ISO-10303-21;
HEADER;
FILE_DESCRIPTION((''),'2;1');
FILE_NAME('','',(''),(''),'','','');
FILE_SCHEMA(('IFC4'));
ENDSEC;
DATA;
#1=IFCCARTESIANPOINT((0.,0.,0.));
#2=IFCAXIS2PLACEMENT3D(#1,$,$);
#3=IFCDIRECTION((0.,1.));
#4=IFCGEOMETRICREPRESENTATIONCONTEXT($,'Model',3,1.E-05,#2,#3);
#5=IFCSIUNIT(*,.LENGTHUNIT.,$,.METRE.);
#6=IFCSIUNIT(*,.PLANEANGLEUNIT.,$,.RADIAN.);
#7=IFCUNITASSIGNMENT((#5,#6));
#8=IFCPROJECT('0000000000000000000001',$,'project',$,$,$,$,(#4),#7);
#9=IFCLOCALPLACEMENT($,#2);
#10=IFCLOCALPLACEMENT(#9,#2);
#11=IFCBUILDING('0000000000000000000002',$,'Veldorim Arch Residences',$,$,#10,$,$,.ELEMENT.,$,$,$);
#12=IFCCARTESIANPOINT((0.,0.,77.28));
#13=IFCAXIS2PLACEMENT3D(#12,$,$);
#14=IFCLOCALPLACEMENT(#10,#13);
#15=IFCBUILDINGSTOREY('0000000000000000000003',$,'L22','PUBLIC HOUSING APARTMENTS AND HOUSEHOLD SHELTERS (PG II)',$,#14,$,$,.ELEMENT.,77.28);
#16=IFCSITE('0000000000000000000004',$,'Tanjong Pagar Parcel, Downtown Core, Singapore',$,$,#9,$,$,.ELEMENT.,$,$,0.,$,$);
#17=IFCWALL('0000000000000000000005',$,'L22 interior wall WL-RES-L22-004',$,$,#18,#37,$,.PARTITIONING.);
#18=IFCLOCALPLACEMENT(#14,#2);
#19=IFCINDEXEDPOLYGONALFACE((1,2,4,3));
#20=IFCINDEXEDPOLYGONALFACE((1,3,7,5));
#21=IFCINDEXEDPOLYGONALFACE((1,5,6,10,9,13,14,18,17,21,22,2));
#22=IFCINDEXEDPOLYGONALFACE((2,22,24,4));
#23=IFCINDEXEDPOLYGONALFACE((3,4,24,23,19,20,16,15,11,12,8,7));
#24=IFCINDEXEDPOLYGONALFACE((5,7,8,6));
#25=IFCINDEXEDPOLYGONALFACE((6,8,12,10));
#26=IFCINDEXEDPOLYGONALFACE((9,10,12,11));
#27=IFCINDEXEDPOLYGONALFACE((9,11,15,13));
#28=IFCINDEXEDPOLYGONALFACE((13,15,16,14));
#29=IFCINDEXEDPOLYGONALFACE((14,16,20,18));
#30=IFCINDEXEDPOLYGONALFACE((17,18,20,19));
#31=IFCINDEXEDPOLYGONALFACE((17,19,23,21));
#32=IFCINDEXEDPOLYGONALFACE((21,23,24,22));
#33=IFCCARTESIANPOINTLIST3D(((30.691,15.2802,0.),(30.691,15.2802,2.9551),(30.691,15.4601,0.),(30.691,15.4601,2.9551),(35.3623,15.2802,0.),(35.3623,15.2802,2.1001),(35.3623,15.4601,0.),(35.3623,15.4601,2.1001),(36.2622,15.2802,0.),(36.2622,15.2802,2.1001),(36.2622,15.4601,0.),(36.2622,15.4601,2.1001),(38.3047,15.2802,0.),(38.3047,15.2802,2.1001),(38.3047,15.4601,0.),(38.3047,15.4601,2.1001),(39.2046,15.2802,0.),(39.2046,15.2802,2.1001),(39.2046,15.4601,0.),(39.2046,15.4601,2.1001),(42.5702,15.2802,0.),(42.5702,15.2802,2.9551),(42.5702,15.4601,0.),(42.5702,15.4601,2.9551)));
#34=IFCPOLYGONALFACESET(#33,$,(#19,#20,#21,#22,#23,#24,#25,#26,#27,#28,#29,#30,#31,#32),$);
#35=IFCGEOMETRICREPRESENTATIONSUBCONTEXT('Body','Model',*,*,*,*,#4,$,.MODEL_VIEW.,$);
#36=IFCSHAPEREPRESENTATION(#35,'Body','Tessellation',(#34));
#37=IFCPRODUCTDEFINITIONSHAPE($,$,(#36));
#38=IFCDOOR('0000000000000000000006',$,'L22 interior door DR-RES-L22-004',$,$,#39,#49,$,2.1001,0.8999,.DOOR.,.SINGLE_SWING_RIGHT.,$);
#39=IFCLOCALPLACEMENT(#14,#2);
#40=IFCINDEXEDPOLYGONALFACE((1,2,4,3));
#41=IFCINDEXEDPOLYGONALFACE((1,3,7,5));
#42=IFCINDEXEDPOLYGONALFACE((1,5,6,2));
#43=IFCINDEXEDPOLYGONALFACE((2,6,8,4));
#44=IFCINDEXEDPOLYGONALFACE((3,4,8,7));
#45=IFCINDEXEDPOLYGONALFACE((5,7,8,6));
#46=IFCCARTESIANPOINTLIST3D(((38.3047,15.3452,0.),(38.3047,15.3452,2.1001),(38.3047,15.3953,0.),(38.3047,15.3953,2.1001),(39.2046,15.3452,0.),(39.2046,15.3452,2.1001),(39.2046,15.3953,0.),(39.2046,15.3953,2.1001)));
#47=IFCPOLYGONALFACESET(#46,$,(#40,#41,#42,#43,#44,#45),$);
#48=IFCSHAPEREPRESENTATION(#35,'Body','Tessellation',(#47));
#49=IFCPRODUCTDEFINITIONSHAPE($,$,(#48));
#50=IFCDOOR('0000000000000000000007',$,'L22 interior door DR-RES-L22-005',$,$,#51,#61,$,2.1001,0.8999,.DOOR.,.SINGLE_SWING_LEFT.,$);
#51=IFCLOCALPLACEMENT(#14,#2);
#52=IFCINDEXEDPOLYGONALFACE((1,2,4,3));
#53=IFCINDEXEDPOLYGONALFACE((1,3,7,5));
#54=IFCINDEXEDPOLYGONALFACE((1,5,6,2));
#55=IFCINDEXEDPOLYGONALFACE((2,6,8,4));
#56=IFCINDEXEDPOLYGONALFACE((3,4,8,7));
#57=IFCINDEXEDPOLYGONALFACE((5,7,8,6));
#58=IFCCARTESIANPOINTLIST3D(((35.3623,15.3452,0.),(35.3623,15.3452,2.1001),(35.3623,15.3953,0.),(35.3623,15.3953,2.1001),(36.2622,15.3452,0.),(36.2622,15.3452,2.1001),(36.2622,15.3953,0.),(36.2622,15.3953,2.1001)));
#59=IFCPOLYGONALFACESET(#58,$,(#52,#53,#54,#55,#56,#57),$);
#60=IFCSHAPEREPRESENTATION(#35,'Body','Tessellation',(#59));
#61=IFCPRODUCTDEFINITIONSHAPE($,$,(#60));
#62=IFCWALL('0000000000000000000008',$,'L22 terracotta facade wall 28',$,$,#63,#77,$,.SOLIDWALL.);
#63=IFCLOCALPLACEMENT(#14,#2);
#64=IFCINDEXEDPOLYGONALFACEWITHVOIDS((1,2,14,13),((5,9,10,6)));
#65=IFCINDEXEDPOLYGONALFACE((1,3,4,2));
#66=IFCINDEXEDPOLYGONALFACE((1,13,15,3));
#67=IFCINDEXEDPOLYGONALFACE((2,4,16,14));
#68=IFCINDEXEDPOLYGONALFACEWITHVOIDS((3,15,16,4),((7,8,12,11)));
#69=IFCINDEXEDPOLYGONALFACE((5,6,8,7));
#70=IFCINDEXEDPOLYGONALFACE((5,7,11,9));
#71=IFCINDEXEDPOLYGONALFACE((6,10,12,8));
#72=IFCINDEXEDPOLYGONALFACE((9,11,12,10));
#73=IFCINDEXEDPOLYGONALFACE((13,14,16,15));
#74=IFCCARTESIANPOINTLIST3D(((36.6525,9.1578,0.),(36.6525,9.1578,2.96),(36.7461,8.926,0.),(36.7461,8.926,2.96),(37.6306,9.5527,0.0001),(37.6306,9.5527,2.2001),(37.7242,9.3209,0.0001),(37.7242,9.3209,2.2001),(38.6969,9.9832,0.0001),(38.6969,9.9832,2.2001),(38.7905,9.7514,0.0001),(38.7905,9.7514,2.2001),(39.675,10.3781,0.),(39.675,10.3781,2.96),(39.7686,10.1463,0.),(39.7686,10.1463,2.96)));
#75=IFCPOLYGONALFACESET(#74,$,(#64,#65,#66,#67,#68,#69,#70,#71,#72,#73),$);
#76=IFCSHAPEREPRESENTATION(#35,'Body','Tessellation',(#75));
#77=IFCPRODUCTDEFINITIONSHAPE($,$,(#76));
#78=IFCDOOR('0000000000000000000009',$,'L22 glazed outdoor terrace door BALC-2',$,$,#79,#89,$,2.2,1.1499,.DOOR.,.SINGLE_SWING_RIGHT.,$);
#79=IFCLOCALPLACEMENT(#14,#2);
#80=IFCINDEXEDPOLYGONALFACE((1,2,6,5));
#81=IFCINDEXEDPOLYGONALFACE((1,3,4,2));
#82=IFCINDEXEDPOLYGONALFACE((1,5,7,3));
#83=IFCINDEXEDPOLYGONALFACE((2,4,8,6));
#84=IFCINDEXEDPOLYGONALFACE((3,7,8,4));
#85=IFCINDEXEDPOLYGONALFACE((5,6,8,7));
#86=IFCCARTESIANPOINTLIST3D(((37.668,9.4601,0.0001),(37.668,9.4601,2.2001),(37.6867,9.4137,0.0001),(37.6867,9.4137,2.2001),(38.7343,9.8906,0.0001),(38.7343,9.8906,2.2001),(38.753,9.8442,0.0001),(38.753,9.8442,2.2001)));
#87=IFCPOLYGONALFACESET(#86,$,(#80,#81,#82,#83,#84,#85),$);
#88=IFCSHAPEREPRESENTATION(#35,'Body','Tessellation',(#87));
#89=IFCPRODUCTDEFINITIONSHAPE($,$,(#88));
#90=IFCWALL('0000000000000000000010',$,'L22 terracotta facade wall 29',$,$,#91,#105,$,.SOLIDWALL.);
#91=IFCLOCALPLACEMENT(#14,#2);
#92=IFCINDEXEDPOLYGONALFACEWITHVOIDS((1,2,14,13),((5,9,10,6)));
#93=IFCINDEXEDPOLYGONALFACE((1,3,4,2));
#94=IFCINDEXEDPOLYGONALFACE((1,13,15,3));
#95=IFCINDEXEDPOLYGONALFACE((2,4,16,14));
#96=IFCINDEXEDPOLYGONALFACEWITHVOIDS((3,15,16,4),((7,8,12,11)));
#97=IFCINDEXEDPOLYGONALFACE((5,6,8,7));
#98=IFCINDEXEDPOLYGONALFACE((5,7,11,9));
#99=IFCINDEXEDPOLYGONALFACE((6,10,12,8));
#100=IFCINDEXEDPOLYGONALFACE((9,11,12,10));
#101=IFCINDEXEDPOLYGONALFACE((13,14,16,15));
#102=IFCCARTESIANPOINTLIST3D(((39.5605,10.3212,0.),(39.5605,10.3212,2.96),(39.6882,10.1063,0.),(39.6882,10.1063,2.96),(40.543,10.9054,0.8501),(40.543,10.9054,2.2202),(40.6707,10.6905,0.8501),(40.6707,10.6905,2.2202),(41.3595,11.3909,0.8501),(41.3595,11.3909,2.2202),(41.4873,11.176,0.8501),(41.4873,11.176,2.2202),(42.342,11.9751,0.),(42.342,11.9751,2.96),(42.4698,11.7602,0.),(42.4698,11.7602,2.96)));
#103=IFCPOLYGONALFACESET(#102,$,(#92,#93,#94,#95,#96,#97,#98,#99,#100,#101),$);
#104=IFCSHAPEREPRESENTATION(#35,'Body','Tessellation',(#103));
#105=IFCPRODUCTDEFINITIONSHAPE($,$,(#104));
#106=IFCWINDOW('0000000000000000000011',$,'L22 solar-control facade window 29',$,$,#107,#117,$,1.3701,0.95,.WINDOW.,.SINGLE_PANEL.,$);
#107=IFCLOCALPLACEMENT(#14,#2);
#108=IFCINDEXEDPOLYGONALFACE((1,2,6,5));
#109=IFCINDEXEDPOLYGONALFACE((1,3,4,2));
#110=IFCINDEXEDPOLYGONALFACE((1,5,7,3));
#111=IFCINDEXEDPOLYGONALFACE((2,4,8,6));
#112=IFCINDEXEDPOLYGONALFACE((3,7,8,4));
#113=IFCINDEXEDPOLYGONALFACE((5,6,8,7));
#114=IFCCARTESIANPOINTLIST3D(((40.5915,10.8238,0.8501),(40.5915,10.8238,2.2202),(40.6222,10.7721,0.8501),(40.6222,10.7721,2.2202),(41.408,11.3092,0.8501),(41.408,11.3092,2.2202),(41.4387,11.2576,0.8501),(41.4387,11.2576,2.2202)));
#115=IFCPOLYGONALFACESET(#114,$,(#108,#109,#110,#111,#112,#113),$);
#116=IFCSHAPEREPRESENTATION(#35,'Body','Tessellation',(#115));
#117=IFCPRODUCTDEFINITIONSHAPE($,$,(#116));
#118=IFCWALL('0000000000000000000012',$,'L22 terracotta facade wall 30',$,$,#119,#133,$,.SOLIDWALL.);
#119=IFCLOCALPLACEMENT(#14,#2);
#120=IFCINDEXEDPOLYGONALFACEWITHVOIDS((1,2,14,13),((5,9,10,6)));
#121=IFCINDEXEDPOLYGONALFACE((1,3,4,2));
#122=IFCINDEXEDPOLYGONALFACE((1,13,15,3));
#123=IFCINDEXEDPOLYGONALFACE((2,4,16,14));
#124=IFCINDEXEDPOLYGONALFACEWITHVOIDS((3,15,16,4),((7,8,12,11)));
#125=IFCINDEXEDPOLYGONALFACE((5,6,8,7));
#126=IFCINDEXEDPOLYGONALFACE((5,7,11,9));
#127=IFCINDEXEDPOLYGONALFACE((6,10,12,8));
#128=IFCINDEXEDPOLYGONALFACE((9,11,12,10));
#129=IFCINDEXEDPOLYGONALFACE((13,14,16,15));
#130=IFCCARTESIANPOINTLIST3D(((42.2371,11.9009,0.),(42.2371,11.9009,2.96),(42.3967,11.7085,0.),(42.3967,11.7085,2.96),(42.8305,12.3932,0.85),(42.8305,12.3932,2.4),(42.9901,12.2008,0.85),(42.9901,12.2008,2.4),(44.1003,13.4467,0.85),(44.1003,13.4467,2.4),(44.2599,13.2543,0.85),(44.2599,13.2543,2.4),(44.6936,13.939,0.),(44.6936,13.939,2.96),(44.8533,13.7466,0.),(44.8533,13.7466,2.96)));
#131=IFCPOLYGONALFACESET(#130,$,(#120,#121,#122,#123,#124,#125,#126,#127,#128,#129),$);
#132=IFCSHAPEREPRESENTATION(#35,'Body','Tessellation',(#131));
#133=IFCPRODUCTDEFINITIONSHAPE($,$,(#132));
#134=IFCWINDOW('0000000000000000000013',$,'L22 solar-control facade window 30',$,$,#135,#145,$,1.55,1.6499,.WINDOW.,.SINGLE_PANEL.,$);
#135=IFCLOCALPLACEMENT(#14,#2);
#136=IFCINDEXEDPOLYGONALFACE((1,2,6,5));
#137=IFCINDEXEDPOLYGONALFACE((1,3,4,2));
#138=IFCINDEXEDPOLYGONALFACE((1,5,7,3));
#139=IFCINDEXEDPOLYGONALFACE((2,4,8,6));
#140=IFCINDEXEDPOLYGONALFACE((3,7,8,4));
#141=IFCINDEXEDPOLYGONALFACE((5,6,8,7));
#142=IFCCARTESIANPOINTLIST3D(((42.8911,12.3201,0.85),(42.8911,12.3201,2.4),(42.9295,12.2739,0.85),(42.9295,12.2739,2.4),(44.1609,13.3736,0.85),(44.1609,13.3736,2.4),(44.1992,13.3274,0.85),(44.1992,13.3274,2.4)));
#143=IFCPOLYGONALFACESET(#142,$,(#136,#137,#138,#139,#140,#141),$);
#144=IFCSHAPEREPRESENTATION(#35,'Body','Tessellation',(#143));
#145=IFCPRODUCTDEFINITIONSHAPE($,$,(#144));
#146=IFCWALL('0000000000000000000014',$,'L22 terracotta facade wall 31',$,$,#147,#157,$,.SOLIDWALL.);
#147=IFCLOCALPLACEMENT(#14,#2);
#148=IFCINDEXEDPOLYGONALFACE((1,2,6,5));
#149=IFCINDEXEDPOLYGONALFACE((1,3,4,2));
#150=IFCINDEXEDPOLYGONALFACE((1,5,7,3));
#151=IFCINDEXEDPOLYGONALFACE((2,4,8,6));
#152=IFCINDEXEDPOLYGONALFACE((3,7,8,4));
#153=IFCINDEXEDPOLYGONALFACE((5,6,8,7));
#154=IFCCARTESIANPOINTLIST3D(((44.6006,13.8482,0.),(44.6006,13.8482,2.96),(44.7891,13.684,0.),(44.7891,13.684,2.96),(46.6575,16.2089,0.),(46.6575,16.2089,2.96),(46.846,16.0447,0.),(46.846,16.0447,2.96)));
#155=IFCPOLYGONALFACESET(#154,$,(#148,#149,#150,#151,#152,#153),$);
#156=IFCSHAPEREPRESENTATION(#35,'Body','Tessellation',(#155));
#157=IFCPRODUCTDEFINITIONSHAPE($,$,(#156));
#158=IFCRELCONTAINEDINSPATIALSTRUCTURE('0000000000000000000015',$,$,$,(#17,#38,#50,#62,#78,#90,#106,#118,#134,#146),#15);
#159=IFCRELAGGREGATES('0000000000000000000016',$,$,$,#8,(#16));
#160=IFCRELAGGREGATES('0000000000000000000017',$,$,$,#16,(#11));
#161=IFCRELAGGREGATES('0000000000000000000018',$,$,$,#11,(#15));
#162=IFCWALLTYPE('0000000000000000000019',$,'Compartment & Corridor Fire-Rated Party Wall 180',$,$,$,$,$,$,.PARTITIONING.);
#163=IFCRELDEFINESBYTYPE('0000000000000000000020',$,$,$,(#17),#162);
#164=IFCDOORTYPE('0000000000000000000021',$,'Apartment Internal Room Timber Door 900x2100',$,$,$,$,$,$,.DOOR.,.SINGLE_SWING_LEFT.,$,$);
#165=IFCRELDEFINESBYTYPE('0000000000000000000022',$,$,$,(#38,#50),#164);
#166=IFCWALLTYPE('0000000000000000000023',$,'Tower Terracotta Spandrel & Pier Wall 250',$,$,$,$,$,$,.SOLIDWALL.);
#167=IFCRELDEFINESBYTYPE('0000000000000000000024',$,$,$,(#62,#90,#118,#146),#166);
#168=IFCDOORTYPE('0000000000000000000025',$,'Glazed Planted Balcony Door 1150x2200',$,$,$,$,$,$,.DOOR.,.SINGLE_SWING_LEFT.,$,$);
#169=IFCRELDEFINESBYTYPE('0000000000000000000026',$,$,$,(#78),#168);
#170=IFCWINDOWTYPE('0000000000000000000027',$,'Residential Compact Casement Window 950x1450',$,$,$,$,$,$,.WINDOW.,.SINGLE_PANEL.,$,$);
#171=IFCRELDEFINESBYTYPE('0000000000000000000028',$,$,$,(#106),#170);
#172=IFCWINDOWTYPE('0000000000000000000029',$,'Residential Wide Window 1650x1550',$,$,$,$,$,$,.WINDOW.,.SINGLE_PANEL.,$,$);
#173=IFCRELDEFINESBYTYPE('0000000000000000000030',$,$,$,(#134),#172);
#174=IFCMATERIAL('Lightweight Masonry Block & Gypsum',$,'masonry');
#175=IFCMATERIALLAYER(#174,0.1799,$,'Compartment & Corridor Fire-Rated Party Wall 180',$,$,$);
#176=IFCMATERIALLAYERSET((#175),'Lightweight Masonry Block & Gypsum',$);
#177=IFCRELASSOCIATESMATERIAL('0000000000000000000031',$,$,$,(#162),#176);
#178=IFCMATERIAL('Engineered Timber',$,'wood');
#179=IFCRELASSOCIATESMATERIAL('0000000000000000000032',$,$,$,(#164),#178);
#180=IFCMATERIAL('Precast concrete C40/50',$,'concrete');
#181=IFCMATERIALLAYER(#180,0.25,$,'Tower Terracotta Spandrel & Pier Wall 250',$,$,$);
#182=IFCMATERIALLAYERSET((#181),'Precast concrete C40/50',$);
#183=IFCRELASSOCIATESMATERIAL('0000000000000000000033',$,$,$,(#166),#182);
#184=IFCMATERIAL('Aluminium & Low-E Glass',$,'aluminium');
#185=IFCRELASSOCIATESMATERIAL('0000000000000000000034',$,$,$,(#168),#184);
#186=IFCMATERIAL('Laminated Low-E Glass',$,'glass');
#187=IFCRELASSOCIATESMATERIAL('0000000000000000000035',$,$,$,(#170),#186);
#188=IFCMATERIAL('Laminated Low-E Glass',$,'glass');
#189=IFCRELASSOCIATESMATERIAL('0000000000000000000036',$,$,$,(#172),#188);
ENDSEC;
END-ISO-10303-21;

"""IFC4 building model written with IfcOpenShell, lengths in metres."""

from ifc_helpers import new_model, si_unit, direction, frame, frame_2d, origin, place, context, subcontext, project, spatial, rectangle, extrude, material, layer, layer_set, type_object, element, fill, save


model = new_model("IFC4")

# Units and contexts
model_context = context("Model", 3, precision=1e-05, world=origin(), true_north=direction((0.0, 1.0)))
body_context = subcontext(model_context, "Body", "Model", "MODEL_VIEW")
ifc_project = project(units=[si_unit("LENGTHUNIT", "METRE"), si_unit("PLANEANGLEUNIT", "RADIAN")], contexts=[model_context])

# Site, building, storey
site_placement = place(None, origin())
site = spatial("IfcSite", under=ifc_project, at=site_placement, Name="Tanjong Pagar Parcel, Downtown Core, Singapore", CompositionType="ELEMENT", RefElevation=0.0)
building_placement = place(site_placement, origin())
building = spatial("IfcBuilding", under=site, at=building_placement, Name="Veldorim Arch Residences", CompositionType="ELEMENT")
storey_placement = place(building_placement, frame((0.0, 0.0, 77.28)))
storey = spatial("IfcBuildingStorey", under=building, at=storey_placement, Name="L22", Description="PUBLIC HOUSING APARTMENTS AND HOUSEHOLD SHELTERS (PG II)", CompositionType="ELEMENT", Elevation=77.28)

# Shared definitions
ifc_material_1 = material(Name="Lightweight Masonry Block & Gypsum", Category="masonry")
ifc_layer_1 = layer(ifc_material_1, 0.1799, Name="Compartment & Corridor Fire-Rated Party Wall 180")
ifc_layer_set_1 = layer_set([ifc_layer_1], Name="Lightweight Masonry Block & Gypsum")
wall_type_1 = type_object("IfcWallType", Name="Compartment & Corridor Fire-Rated Party Wall 180", PredefinedType="PARTITIONING", material=ifc_layer_set_1)

# Wall, openings, doors
wall_1_placement = place(storey_placement, frame((42.5701, 15.3701, 0.0), z_axis=(0.0, 0.0, 1.0), x_axis=(-1.0, 0.0, 0.0)))
wall_1 = element("IfcWall", 1, at=wall_1_placement, inside=storey, type_object=wall_type_1, Name="L22 interior wall WL-RES-L22-004", PredefinedType="PARTITIONING", context=body_context, shape_type="SweptSolid", body=[
    extrude(rectangle(XDim=11.8792, YDim=0.1799, at=frame_2d((5.9395, 0.0))), origin(), (0.0, 0.0, 1.0), 2.9551),
])
opening_1_placement = place(wall_1_placement, frame((3.3655, 0.0, 0.0)))
opening_1 = element("IfcOpeningElement", 2, at=opening_1_placement, cuts=wall_1, PredefinedType="OPENING", context=body_context, shape_type="SweptSolid", body=[
    extrude(rectangle(XDim=0.8999, YDim=2.1001, at=frame_2d((0.45, 1.05))), frame((0.0, 0.0999, 0.0), z_axis=(0.0, -1.0, 0.0), x_axis=(1.0, 0.0, 0.0)), (0.0, 0.0, 1.0), 0.2),
])
opening_2_placement = place(wall_1_placement, frame((6.3079, 0.0, 0.0)))
opening_2 = element("IfcOpeningElement", 3, at=opening_2_placement, cuts=wall_1, PredefinedType="OPENING", context=body_context, shape_type="SweptSolid", body=[
    extrude(rectangle(XDim=0.8999, YDim=2.1001, at=frame_2d((0.45, 1.05))), frame((0.0, 0.0999, 0.0), z_axis=(0.0, -1.0, 0.0), x_axis=(1.0, 0.0, 0.0)), (0.0, 0.0, 1.0), 0.2),
])
ifc_material_2 = material(Name="Engineered Timber", Category="wood")
door_type_1 = type_object("IfcDoorType", Name="Apartment Internal Room Timber Door 900x2100", OperationType="SINGLE_SWING_LEFT", PredefinedType="DOOR", material=ifc_material_2)
door_1_placement = place(opening_1_placement, origin())
door_1 = element("IfcDoor", 4, at=door_1_placement, inside=storey, type_object=door_type_1, Name="L22 interior door DR-RES-L22-004", OperationType="SINGLE_SWING_RIGHT", OverallHeight=2.1001, OverallWidth=0.8999, PredefinedType="DOOR", context=body_context, shape_type="SweptSolid", body=[
    extrude(rectangle(XDim=0.8999, YDim=2.1001, at=frame_2d((0.45, 1.05))), frame((0.0, 0.0249, 0.0), z_axis=(0.0, -1.0, 0.0), x_axis=(1.0, 0.0, 0.0)), (0.0, 0.0, 1.0), 0.05),
])
fill(opening_1, door_1)
door_2_placement = place(opening_2_placement, origin())
door_2 = element("IfcDoor", 5, at=door_2_placement, inside=storey, type_object=door_type_1, Name="L22 interior door DR-RES-L22-005", OperationType="SINGLE_SWING_LEFT", OverallHeight=2.1001, OverallWidth=0.8999, PredefinedType="DOOR", context=body_context, shape_type="SweptSolid", body=[
    extrude(rectangle(XDim=0.8999, YDim=2.1001, at=frame_2d((0.45, 1.05))), frame((0.0, 0.0249, 0.0), z_axis=(0.0, -1.0, 0.0), x_axis=(1.0, 0.0, 0.0)), (0.0, 0.0, 1.0), 0.05),
])
fill(opening_2, door_2)

# Wall, opening, door
ifc_material_3 = material(Name="Precast concrete C40/50", Category="concrete")
ifc_layer_2 = layer(ifc_material_3, 0.25, Name="Tower Terracotta Spandrel & Pier Wall 250")
ifc_layer_set_2 = layer_set([ifc_layer_2], Name="Precast concrete C40/50")
wall_type_2 = type_object("IfcWallType", Name="Tower Terracotta Spandrel & Pier Wall 250", PredefinedType="SOLIDWALL", material=ifc_layer_set_2)
wall_2_placement = place(storey_placement, frame((39.7219, 10.2622, 0.0), z_axis=(0.0, 0.0, 1.0), x_axis=(-0.927284, -0.374359, 0.0)))
wall_2 = element("IfcWall", 6, at=wall_2_placement, inside=storey, type_object=wall_type_2, Name="L22 terracotta facade wall 28", PredefinedType="SOLIDWALL", context=body_context, shape_type="SweptSolid", body=[
    extrude(rectangle(XDim=3.2595, YDim=0.25, at=frame_2d((1.6299, 0.0))), origin(), (0.0, 0.0, 1.0), 2.96),
])
opening_3_placement = place(wall_2_placement, frame((1.0549, 0.0, 0.0)))
opening_3 = element("IfcOpeningElement", 7, at=opening_3_placement, cuts=wall_2, PredefinedType="OPENING", context=body_context, shape_type="SweptSolid", body=[
    extrude(rectangle(XDim=1.1499, YDim=2.2, at=frame_2d((0.575, 1.1001))), frame((0.0, 0.135, 0.0), z_axis=(0.0, -1.0, 0.0), x_axis=(1.0, 0.0, 0.0)), (0.0, 0.0, 1.0), 0.27),
])
ifc_material_4 = material(Name="Aluminium & Low-E Glass", Category="aluminium")
door_type_2 = type_object("IfcDoorType", Name="Glazed Planted Balcony Door 1150x2200", OperationType="SINGLE_SWING_LEFT", PredefinedType="DOOR", material=ifc_material_4)
door_3_placement = place(opening_3_placement, origin())
door_3 = element("IfcDoor", 8, at=door_3_placement, inside=storey, type_object=door_type_2, Name="L22 glazed outdoor terrace door BALC-2", OperationType="SINGLE_SWING_RIGHT", OverallHeight=2.2, OverallWidth=1.1499, PredefinedType="DOOR", context=body_context, shape_type="SweptSolid", body=[
    extrude(rectangle(XDim=1.1499, YDim=2.2, at=frame_2d((0.575, 1.1001))), frame((0.0, 0.0249, 0.0), z_axis=(0.0, -1.0, 0.0), x_axis=(1.0, 0.0, 0.0)), (0.0, 0.0, 1.0), 0.05),
])
fill(opening_3, door_3)

# Walls, openings, windows
wall_3_placement = place(storey_placement, frame((42.406, 11.8677, 0.0), z_axis=(0.0, 0.0, 1.0), x_axis=(-0.859543, -0.511063, 0.0)))
wall_3 = element("IfcWall", 9, at=wall_3_placement, inside=storey, type_object=wall_type_2, Name="L22 terracotta facade wall 29", PredefinedType="SOLIDWALL", context=body_context, shape_type="SweptSolid", body=[
    extrude(rectangle(XDim=3.2361, YDim=0.25, at=frame_2d((1.6182, 0.0))), origin(), (0.0, 0.0, 1.0), 2.96),
])
opening_4_placement = place(wall_3_placement, frame((1.1431, 0.0, 0.8501)))
opening_4 = element("IfcOpeningElement", 10, at=opening_4_placement, cuts=wall_3, PredefinedType="OPENING", context=body_context, shape_type="SweptSolid", body=[
    extrude(rectangle(XDim=0.95, YDim=1.3701, at=frame_2d((0.4751, 0.6851))), frame((0.0, 0.135, 0.0), z_axis=(0.0, -1.0, 0.0), x_axis=(1.0, 0.0, 0.0)), (0.0, 0.0, 1.0), 0.27),
])
ifc_material_5 = material(Name="Laminated Low-E Glass", Category="glass")
window_type_1 = type_object("IfcWindowType", Name="Residential Compact Casement Window 950x1450", PartitioningType="SINGLE_PANEL", PredefinedType="WINDOW", material=ifc_material_5)
window_1_placement = place(opening_4_placement, origin())
window_1 = element("IfcWindow", 11, at=window_1_placement, inside=storey, type_object=window_type_1, Name="L22 solar-control facade window 29", OverallHeight=1.3701, OverallWidth=0.95, PartitioningType="SINGLE_PANEL", PredefinedType="WINDOW", context=body_context, shape_type="SweptSolid", body=[
    extrude(rectangle(XDim=0.95, YDim=1.3701, at=frame_2d((0.4751, 0.6851))), frame((0.0, 0.03, 0.0), z_axis=(0.0, -1.0, 0.0), x_axis=(1.0, 0.0, 0.0)), (0.0, 0.0, 1.0), 0.0601),
])
fill(opening_4, window_1)
wall_4_placement = place(storey_placement, frame((44.7734, 13.8428, 0.0), z_axis=(0.0, 0.0, 1.0), x_axis=(-0.769611, -0.638513, 0.0)))
wall_4 = element("IfcWall", 12, at=wall_4_placement, inside=storey, type_object=wall_type_2, Name="L22 terracotta facade wall 30", PredefinedType="SOLIDWALL", context=body_context, shape_type="SweptSolid", body=[
    extrude(rectangle(XDim=3.1919, YDim=0.25, at=frame_2d((1.5959, 0.0))), origin(), (0.0, 0.0, 1.0), 2.96),
])
opening_5_placement = place(wall_4_placement, frame((0.771, 0.0, 0.8501)))
opening_5 = element("IfcOpeningElement", 13, at=opening_5_placement, cuts=wall_4, PredefinedType="OPENING", context=body_context, shape_type="SweptSolid", body=[
    extrude(rectangle(XDim=1.6499, YDim=1.55, at=frame_2d((0.825, 0.7749))), frame((0.0, 0.135, 0.0), z_axis=(0.0, -1.0, 0.0), x_axis=(1.0, 0.0, 0.0)), (0.0, 0.0, 1.0), 0.27),
])
ifc_material_6 = material(Name="Laminated Low-E Glass", Category="glass")
window_type_2 = type_object("IfcWindowType", Name="Residential Wide Window 1650x1550", PartitioningType="SINGLE_PANEL", PredefinedType="WINDOW", material=ifc_material_6)
window_2_placement = place(opening_5_placement, origin())
window_2 = element("IfcWindow", 14, at=window_2_placement, inside=storey, type_object=window_type_2, Name="L22 solar-control facade window 30", OverallHeight=1.55, OverallWidth=1.6499, PartitioningType="SINGLE_PANEL", PredefinedType="WINDOW", context=body_context, shape_type="SweptSolid", body=[
    extrude(rectangle(XDim=1.6499, YDim=1.55, at=frame_2d((0.825, 0.7749))), frame((0.0, 0.03, 0.0), z_axis=(0.0, -1.0, 0.0), x_axis=(1.0, 0.0, 0.0)), (0.0, 0.0, 1.0), 0.0601),
])
fill(opening_5, window_2)

# Wall
wall_5_placement = place(storey_placement, frame((46.7517, 16.1267, 0.0), z_axis=(0.0, 0.0, 1.0), x_axis=(-0.656941, -0.753942, 0.0)))
element("IfcWall", 15, at=wall_5_placement, inside=storey, type_object=wall_type_2, Name="L22 terracotta facade wall 31", PredefinedType="SOLIDWALL", context=body_context, shape_type="SweptSolid", body=[
    extrude(rectangle(XDim=3.1311, YDim=0.25, at=frame_2d((1.5654, 0.0))), origin(), (0.0, 0.0, 1.0), 2.96),
])

save(model, "model.ifc")
